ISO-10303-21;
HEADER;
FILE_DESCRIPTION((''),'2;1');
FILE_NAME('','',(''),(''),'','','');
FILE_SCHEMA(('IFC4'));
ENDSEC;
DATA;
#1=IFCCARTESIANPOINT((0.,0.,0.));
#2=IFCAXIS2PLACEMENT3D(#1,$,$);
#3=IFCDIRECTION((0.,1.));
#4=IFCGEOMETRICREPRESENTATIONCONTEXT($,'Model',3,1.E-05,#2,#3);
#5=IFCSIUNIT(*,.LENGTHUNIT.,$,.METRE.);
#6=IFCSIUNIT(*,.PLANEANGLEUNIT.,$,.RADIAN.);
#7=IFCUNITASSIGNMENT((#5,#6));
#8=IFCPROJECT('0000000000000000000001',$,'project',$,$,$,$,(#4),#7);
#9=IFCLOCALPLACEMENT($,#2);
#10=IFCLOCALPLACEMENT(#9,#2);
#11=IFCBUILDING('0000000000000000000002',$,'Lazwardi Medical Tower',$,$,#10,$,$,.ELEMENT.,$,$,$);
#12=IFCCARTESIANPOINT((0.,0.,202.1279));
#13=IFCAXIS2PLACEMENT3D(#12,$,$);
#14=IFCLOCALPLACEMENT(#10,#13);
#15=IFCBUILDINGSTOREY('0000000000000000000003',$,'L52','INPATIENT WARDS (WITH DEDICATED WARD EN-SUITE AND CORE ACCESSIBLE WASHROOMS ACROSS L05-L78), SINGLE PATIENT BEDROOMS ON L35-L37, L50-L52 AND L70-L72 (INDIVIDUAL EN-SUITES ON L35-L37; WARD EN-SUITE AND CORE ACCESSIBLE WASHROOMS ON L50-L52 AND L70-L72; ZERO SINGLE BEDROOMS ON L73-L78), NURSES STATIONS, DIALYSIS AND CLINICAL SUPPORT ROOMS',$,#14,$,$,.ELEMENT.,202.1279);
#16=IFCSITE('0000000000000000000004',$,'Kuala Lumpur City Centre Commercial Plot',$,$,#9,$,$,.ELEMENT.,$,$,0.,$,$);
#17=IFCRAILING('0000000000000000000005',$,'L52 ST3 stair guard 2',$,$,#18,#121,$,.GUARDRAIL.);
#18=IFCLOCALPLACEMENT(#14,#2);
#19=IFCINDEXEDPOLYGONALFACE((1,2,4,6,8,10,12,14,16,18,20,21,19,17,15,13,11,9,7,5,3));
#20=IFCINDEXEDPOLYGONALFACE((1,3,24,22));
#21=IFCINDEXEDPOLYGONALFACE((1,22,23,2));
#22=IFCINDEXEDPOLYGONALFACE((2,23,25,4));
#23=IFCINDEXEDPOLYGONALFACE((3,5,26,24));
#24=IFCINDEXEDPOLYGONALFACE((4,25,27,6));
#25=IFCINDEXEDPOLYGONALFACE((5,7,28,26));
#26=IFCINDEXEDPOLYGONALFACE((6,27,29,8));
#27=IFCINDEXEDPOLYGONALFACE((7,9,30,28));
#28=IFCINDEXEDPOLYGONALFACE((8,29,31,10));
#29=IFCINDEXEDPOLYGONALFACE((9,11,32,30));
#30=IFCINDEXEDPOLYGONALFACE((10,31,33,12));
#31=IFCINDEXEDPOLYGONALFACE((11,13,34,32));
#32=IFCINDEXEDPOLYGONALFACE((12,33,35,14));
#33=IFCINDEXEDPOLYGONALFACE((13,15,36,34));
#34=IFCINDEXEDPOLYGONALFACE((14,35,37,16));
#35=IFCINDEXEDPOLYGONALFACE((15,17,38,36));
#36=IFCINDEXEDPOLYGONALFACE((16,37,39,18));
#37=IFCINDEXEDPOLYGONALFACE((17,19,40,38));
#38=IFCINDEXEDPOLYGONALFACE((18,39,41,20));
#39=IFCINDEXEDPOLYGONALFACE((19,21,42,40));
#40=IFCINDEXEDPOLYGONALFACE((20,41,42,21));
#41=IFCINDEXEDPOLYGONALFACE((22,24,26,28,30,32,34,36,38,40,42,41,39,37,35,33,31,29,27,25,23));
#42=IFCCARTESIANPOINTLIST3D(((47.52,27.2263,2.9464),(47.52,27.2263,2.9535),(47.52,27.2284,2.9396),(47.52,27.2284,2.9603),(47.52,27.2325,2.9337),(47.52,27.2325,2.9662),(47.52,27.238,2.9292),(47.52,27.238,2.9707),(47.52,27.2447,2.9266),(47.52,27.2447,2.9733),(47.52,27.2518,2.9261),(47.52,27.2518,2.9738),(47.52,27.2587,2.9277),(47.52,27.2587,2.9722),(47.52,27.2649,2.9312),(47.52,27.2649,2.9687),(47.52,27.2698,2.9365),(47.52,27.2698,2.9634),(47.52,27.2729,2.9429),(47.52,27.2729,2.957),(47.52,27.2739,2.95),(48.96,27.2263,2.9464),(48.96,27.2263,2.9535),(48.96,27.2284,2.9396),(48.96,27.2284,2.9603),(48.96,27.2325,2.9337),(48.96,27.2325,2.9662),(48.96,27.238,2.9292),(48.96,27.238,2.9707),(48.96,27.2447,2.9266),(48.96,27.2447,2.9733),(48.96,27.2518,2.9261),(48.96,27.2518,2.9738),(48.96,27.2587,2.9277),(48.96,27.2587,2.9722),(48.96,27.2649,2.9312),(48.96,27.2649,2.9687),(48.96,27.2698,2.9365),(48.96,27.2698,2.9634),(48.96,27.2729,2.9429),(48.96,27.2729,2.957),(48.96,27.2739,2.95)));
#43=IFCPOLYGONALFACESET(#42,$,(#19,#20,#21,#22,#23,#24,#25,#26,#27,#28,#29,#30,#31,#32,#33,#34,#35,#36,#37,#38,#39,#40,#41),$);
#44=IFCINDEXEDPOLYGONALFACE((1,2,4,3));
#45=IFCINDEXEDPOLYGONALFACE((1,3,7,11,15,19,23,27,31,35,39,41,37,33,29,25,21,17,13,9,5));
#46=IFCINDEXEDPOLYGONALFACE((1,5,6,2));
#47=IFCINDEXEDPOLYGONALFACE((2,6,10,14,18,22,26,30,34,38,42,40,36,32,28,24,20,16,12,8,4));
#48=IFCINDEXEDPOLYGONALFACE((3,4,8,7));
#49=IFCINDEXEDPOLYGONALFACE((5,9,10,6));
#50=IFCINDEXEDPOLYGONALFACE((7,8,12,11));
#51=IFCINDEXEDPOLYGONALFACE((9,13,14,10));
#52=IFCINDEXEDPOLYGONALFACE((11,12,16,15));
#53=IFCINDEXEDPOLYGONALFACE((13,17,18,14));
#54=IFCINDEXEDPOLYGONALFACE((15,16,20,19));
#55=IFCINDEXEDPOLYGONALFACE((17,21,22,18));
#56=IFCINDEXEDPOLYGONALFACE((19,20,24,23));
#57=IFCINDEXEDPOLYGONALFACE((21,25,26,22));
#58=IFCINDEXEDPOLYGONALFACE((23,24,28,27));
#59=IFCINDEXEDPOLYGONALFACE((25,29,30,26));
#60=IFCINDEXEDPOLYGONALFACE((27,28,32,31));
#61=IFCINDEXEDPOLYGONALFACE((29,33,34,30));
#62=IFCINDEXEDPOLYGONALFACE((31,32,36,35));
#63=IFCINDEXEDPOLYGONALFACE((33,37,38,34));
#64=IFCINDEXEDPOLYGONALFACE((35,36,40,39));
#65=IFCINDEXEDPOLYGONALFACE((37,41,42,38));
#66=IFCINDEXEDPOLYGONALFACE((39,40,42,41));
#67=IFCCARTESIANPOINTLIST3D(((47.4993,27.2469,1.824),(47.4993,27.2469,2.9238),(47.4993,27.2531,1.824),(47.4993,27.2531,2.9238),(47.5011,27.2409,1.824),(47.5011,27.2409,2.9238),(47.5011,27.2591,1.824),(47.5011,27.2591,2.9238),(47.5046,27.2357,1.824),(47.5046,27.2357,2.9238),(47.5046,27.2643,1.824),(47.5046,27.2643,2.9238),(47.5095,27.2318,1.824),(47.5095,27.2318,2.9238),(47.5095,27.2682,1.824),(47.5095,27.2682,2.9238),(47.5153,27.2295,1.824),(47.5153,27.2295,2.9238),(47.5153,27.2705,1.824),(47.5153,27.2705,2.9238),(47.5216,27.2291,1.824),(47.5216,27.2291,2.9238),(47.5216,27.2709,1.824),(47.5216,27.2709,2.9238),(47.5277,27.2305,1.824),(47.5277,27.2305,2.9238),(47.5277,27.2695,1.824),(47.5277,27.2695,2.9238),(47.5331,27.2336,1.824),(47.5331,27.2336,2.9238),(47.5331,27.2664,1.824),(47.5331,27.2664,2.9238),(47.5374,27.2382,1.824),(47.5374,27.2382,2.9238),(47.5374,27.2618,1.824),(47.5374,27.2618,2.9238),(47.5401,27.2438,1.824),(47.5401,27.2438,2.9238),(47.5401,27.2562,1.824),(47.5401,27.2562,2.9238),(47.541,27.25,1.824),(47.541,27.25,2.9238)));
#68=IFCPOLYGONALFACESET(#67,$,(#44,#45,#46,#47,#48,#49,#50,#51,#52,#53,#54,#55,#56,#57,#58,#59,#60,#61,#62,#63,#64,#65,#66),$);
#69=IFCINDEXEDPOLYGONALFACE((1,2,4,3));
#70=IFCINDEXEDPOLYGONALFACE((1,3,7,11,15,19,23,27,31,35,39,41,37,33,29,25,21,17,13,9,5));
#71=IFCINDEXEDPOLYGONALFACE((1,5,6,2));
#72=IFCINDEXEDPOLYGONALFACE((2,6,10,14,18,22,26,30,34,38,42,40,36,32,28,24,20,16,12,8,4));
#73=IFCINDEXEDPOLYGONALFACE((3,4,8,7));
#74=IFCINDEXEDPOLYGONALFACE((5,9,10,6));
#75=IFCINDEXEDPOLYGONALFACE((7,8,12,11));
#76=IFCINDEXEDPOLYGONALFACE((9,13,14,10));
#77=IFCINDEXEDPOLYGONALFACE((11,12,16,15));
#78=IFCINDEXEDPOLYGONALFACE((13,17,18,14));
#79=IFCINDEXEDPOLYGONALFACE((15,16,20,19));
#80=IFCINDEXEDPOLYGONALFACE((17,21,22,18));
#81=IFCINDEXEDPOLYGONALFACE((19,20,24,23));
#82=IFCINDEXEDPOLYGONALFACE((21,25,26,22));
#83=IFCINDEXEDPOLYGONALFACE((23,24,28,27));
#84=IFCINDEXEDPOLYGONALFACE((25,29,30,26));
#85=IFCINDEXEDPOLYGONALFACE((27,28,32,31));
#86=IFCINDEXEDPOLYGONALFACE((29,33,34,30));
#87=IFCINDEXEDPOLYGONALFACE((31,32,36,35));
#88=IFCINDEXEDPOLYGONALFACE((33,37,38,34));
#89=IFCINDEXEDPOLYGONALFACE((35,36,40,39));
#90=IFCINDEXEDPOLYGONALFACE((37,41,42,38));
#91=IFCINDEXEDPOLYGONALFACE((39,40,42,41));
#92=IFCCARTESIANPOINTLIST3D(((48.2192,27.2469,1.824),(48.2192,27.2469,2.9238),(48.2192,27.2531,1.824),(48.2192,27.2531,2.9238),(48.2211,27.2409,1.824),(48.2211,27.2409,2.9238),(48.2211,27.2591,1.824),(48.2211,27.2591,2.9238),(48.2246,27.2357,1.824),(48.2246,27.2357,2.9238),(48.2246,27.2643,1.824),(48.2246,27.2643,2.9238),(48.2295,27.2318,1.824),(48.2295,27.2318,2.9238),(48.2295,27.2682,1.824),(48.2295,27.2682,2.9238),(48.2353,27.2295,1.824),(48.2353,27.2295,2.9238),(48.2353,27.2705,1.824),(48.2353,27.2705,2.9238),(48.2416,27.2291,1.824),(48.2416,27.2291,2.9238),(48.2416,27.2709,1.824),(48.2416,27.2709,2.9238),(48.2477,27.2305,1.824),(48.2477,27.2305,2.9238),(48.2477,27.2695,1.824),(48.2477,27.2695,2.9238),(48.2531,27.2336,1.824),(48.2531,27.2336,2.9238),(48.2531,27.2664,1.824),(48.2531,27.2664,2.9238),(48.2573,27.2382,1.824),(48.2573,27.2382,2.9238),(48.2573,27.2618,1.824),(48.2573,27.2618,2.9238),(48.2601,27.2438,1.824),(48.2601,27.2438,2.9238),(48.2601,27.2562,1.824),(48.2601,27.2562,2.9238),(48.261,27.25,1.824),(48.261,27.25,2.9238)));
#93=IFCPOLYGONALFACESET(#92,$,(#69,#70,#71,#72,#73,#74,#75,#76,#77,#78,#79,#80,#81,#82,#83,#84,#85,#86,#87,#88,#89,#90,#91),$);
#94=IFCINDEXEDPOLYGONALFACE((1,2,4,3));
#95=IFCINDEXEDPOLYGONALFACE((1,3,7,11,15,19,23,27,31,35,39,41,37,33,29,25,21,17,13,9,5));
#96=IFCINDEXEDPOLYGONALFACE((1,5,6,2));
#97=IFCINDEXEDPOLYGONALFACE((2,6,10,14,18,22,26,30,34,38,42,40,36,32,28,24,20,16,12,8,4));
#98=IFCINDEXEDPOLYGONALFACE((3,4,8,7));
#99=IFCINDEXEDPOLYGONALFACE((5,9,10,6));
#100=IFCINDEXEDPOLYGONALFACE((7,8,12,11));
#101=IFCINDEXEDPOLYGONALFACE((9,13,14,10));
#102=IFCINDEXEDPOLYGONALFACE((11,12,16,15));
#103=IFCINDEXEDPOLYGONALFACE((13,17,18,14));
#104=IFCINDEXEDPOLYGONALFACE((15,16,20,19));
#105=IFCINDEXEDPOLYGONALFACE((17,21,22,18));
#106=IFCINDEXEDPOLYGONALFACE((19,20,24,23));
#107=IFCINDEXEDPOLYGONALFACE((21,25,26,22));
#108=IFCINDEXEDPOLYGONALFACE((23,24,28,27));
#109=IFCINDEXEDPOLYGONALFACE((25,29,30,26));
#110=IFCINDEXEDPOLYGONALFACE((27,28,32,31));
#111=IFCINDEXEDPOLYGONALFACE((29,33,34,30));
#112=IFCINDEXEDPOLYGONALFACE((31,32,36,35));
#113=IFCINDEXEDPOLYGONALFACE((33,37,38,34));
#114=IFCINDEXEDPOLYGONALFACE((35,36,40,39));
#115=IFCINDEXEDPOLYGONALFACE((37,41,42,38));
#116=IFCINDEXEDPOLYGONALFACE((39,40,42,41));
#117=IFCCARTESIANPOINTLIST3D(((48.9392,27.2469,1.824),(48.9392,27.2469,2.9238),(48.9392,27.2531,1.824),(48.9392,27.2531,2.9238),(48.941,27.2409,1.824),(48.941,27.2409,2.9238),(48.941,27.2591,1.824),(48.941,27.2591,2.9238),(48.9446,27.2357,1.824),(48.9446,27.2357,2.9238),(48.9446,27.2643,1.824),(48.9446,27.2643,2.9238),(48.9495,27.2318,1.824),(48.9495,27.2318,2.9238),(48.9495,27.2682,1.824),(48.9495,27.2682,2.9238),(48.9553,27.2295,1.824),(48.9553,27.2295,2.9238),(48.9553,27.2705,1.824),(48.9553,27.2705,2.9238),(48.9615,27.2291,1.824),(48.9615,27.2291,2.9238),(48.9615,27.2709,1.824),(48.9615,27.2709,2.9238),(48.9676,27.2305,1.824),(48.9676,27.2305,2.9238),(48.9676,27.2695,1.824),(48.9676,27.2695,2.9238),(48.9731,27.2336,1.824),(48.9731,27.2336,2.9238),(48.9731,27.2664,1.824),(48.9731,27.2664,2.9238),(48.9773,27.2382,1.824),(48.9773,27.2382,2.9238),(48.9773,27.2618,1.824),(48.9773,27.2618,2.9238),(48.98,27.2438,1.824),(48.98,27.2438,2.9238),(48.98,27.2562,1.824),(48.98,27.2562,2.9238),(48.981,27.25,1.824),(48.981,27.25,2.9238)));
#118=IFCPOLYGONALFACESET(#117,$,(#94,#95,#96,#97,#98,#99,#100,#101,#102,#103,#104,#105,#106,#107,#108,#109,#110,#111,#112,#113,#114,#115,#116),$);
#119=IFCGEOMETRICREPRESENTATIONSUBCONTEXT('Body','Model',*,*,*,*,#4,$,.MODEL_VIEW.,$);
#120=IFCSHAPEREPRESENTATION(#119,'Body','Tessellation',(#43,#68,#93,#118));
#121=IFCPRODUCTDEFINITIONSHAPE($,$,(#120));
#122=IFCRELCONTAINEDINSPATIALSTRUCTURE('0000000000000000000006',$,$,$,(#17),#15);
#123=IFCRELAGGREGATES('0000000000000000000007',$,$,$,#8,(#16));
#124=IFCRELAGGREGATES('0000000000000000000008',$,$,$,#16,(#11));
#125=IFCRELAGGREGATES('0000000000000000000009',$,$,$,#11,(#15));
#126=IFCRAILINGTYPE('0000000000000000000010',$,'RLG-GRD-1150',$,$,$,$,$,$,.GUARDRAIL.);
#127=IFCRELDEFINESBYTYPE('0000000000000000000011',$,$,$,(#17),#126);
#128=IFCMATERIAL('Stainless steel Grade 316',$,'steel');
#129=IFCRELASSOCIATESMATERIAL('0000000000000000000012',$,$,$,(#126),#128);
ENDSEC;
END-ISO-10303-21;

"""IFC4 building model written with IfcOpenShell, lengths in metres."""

from ifc_helpers import new_model, si_unit, direction, frame, origin, origin_2d, place, context, subcontext, project, spatial, circle, extrude, material, type_object, element, save


model = new_model("IFC4")

# Units and contexts
model_context = context("Model", 3, precision=1e-05, world=origin(), true_north=direction((0.0, 1.0)))
body_context = subcontext(model_context, "Body", "Model", "MODEL_VIEW")
ifc_project = project(units=[si_unit("LENGTHUNIT", "METRE"), si_unit("PLANEANGLEUNIT", "RADIAN")], contexts=[model_context])

# Site, building, storey
site_placement = place(None, origin())
site = spatial("IfcSite", under=ifc_project, at=site_placement, Name="Kuala Lumpur City Centre Commercial Plot", CompositionType="ELEMENT", RefElevation=0.0)
building_placement = place(site_placement, origin())
building = spatial("IfcBuilding", under=site, at=building_placement, Name="Lazwardi Medical Tower", CompositionType="ELEMENT")
storey_placement = place(building_placement, frame((0.0, 0.0, 202.1279)))
storey = spatial("IfcBuildingStorey", under=building, at=storey_placement, Name="L52", Description="INPATIENT WARDS (WITH DEDICATED WARD EN-SUITE AND CORE ACCESSIBLE WASHROOMS ACROSS L05-L78), SINGLE PATIENT BEDROOMS ON L35-L37, L50-L52 AND L70-L72 (INDIVIDUAL EN-SUITES ON L35-L37; WARD EN-SUITE AND CORE ACCESSIBLE WASHROOMS ON L50-L52 AND L70-L72; ZERO SINGLE BEDROOMS ON L73-L78), NURSES STATIONS, DIALYSIS AND CLINICAL SUPPORT ROOMS", CompositionType="ELEMENT", Elevation=202.1279)

# Railing
ifc_material_1 = material(Name="Stainless steel Grade 316", Category="steel")
railing_type_1 = type_object("IfcRailingType", Name="RLG-GRD-1150", PredefinedType="GUARDRAIL", material=ifc_material_1)
railing_1_placement = place(storey_placement, frame((47.52, 27.25, 1.824)))
element("IfcRailing", 1, at=railing_1_placement, inside=storey, type_object=railing_type_1, Name="L52 ST3 stair guard 2", PredefinedType="GUARDRAIL", context=body_context, shape_type="SweptSolid", body=[
    extrude(circle(Radius=0.0239, at=origin_2d()), frame((0.0, 0.0, 1.126), z_axis=(1.0, 0.0, 0.0), x_axis=(0.0, 1.0, 0.0)), (0.0, 0.0, 1.0), 1.4399),
    extrude(circle(Radius=0.021, at=origin_2d()), origin(), (0.0, 0.0, 1.0), 1.0999),
    extrude(circle(Radius=0.021, at=origin_2d()), frame((0.72, 0.0, 0.0)), (0.0, 0.0, 1.0), 1.0999),
    extrude(circle(Radius=0.021, at=origin_2d()), frame((1.4399, 0.0, 0.0)), (0.0, 0.0, 1.0), 1.0999),
])

save(model, "model.ifc")
